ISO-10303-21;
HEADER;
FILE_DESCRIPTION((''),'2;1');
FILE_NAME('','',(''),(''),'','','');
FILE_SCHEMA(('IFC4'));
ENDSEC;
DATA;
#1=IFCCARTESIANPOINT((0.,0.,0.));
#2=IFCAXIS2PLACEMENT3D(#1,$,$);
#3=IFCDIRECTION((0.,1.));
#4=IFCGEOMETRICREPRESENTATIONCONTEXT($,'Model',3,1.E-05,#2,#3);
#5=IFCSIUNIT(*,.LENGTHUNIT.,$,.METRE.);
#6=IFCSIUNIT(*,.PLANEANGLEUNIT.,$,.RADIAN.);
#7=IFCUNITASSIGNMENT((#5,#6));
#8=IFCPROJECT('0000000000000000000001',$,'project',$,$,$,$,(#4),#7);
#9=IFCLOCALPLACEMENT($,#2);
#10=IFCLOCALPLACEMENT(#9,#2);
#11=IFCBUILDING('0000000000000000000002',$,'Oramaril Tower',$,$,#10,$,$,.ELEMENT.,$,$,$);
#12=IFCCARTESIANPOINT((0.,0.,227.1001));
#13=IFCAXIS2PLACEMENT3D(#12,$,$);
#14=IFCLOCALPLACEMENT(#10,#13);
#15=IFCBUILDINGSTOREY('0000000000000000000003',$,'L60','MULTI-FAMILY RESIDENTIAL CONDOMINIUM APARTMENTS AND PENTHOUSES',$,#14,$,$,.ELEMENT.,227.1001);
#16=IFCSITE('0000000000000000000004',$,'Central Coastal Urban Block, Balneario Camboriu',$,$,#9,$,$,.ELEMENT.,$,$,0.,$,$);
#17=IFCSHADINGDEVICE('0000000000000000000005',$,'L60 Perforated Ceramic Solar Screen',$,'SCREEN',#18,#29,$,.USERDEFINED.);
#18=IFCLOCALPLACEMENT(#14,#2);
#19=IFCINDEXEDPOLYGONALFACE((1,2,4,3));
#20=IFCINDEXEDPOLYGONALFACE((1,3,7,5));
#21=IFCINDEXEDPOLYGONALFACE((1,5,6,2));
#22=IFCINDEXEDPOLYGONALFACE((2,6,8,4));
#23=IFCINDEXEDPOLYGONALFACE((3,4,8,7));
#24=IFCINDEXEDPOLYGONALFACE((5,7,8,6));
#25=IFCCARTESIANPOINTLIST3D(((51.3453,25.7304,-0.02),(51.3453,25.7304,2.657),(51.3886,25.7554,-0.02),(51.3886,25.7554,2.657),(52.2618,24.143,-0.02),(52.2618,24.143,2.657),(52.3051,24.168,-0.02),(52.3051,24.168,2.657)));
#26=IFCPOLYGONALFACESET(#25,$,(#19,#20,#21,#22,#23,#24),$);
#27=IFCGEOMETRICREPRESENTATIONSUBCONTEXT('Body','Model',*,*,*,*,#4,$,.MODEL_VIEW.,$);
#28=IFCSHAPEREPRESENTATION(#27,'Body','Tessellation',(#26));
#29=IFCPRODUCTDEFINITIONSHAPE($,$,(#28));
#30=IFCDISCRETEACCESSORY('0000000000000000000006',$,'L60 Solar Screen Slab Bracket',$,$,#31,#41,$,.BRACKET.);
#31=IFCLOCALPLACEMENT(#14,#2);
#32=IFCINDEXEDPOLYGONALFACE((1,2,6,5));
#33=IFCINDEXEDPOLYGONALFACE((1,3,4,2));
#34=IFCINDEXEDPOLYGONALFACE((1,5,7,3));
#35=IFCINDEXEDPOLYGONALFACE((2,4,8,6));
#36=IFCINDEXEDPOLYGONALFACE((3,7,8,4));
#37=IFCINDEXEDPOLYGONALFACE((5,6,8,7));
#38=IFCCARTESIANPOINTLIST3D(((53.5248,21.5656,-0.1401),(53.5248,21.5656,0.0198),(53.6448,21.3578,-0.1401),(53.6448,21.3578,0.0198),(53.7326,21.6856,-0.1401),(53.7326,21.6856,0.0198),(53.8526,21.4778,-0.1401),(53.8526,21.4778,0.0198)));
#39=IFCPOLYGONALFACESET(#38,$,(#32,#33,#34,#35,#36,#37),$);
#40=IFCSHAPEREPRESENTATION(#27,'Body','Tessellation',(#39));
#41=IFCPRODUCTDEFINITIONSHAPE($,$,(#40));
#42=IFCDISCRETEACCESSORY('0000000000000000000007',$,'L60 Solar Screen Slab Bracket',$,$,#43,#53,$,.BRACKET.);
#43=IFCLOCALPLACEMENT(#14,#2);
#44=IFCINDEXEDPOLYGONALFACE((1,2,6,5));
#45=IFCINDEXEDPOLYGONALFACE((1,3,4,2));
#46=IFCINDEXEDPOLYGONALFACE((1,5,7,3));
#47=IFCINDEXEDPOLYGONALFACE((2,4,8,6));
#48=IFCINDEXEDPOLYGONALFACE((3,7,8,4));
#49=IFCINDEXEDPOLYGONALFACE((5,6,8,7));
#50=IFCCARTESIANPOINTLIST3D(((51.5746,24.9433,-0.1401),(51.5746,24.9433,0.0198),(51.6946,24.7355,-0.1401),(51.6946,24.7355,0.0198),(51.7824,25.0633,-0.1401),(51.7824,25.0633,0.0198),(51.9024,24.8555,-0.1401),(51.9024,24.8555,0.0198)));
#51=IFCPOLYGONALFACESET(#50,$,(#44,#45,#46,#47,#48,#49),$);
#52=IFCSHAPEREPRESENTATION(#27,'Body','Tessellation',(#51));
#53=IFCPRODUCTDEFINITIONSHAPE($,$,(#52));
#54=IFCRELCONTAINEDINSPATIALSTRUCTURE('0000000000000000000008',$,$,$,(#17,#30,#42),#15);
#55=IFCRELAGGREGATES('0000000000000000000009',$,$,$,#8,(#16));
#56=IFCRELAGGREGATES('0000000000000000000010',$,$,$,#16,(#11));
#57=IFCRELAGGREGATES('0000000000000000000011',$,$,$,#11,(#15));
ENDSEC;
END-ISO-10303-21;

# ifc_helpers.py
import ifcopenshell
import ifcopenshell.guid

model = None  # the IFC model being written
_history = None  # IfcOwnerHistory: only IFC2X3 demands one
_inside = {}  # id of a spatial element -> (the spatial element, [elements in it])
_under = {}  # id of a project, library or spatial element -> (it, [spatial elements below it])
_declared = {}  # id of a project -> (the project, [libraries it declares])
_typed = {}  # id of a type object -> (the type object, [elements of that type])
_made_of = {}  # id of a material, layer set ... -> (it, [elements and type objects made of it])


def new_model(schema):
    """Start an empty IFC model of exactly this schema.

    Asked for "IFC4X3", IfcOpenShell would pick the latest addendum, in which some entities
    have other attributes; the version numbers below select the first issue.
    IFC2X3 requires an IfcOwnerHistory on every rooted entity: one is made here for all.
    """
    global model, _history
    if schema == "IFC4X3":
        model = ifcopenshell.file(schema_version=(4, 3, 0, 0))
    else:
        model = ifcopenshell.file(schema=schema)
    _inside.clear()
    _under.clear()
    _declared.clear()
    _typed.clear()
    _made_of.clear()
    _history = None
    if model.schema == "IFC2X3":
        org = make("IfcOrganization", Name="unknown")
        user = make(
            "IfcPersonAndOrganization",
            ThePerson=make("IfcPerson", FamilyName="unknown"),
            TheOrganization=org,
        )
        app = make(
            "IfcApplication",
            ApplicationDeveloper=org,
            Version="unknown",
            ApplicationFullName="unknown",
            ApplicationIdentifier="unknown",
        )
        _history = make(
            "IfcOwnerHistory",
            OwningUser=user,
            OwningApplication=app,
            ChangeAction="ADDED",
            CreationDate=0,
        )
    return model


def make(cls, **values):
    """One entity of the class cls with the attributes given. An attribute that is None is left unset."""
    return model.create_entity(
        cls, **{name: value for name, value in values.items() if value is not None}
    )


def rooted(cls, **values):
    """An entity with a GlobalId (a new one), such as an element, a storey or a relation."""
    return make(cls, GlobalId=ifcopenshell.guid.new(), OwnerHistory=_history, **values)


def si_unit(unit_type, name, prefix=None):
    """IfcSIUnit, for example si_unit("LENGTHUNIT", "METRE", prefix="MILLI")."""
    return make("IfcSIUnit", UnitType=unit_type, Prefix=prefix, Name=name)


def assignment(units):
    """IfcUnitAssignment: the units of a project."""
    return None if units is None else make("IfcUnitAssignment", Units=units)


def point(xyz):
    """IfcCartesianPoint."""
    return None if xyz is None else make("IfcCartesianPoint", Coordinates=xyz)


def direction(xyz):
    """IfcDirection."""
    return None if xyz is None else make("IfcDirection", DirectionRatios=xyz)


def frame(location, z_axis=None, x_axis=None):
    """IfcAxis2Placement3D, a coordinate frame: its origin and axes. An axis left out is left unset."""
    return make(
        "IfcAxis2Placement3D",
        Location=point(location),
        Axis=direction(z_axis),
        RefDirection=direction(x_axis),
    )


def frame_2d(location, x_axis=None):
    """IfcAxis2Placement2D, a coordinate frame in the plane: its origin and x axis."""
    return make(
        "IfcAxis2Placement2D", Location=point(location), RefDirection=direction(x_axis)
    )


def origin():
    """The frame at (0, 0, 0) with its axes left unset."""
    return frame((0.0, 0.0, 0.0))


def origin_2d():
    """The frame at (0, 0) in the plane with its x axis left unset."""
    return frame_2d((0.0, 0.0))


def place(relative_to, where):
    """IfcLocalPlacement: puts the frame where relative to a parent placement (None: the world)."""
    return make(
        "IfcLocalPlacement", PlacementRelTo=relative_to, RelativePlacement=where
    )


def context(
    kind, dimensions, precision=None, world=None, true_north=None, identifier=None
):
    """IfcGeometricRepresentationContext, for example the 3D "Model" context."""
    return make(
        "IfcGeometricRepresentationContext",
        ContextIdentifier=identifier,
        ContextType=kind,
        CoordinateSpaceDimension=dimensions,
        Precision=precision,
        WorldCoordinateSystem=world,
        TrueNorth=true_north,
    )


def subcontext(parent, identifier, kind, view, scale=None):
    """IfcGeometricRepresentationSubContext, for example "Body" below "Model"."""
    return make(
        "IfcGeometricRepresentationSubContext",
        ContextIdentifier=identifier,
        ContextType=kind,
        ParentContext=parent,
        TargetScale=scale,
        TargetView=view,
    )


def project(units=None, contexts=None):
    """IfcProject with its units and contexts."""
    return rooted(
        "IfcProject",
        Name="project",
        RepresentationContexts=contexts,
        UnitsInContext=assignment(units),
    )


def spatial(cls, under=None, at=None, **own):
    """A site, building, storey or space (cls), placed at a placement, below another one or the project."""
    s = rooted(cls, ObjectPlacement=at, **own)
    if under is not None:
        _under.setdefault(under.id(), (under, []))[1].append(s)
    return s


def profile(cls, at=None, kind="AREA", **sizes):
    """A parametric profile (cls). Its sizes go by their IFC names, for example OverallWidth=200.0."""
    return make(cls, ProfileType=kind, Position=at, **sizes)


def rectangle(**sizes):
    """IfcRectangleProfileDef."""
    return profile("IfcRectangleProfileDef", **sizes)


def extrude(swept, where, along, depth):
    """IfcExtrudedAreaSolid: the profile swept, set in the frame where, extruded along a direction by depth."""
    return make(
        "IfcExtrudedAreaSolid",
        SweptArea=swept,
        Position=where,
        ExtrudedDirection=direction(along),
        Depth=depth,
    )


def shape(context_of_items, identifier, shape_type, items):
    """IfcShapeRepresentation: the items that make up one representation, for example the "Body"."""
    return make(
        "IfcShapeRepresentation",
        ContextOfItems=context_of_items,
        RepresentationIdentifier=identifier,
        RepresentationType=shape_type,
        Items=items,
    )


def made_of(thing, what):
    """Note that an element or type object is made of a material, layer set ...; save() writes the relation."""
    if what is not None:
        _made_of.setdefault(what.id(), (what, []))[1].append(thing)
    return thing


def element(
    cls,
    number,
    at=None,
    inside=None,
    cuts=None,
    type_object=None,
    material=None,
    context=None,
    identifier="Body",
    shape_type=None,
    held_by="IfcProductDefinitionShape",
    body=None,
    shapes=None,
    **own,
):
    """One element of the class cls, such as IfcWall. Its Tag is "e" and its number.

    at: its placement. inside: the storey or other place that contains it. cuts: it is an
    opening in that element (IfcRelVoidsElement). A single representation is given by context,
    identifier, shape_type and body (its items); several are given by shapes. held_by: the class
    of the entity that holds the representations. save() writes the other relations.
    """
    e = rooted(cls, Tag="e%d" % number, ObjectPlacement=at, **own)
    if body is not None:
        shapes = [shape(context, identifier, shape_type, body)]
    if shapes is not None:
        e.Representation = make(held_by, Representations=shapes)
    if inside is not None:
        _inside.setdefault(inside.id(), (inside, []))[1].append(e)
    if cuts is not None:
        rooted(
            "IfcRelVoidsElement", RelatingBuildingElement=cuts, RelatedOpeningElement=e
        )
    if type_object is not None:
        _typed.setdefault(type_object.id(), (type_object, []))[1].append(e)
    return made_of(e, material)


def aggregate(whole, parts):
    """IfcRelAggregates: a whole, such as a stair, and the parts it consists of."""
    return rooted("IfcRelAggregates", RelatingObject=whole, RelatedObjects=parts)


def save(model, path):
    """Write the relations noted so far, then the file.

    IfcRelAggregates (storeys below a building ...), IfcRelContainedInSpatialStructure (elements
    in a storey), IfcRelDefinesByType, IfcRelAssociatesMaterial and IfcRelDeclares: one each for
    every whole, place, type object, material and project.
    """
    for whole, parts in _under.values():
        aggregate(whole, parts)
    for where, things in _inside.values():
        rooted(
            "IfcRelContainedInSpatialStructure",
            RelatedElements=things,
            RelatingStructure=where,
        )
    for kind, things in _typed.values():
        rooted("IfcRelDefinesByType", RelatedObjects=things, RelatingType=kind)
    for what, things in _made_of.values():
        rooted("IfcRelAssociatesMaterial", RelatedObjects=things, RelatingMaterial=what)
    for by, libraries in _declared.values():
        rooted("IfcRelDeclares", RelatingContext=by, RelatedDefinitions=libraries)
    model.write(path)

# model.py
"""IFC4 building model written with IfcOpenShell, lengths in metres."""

from ifc_helpers import new_model, si_unit, direction, frame, origin, origin_2d, place, context, subcontext, project, spatial, rectangle, extrude, element, save


model = new_model("IFC4")

# Units and contexts
model_context = context("Model", 3, precision=1e-05, world=origin(), true_north=direction((0.0, 1.0)))
body_context = subcontext(model_context, "Body", "Model", "MODEL_VIEW")
ifc_project = project(units=[si_unit("LENGTHUNIT", "METRE"), si_unit("PLANEANGLEUNIT", "RADIAN")], contexts=[model_context])

# Site, building, storey
site_placement = place(None, origin())
site = spatial("IfcSite", under=ifc_project, at=site_placement, Name="Central Coastal Urban Block, Balneario Camboriu", CompositionType="ELEMENT", RefElevation=0.0)
building_placement = place(site_placement, origin())
building = spatial("IfcBuilding", under=site, at=building_placement, Name="Oramaril Tower", CompositionType="ELEMENT")
storey_placement = place(building_placement, frame((0.0, 0.0, 227.1001)))
storey = spatial("IfcBuildingStorey", under=building, at=storey_placement, Name="L60", Description="MULTI-FAMILY RESIDENTIAL CONDOMINIUM APARTMENTS AND PENTHOUSES", CompositionType="ELEMENT", Elevation=227.1001)

# Shading device
for number, where, z_axis, x_axis, name in (
    (1, (51.8252, 24.9492, -0.02), (0.0, 0.0, 1.0), (-0.5, 0.866025, 0.0), "L60 Perforated Ceramic Solar Screen"),
):
    element("IfcShadingDevice", number, at=place(storey_placement, frame(where, z_axis=z_axis, x_axis=x_axis)), inside=storey, Name=name, ObjectType="SCREEN", PredefinedType="USERDEFINED", context=body_context, shape_type="SweptSolid", body=[
        extrude(rectangle(XDim=1.833, YDim=0.05, at=origin_2d()), origin(), (0.0, 0.0, 1.0), 2.677),
    ])

# Discrete accessories
for number, where, z_axis, x_axis, name in (
    (2, (53.6887, 21.5217, -0.1401), (0.0, 0.0, 1.0), (-0.5, 0.866025, 0.0), "L60 Solar Screen Slab Bracket"),
    (3, (51.7385, 24.8994, -0.1401), (0.0, 0.0, 1.0), (-0.5, 0.866025, 0.0), "L60 Solar Screen Slab Bracket"),
):
    element("IfcDiscreteAccessory", number, at=place(storey_placement, frame(where, z_axis=z_axis, x_axis=x_axis)), inside=storey, Name=name, PredefinedType="BRACKET", context=body_context, shape_type="SweptSolid", body=[
        extrude(rectangle(XDim=0.24, YDim=0.24, at=origin_2d()), origin(), (0.0, 0.0, 1.0), 0.1599),
    ])

save(model, "model.ifc")
